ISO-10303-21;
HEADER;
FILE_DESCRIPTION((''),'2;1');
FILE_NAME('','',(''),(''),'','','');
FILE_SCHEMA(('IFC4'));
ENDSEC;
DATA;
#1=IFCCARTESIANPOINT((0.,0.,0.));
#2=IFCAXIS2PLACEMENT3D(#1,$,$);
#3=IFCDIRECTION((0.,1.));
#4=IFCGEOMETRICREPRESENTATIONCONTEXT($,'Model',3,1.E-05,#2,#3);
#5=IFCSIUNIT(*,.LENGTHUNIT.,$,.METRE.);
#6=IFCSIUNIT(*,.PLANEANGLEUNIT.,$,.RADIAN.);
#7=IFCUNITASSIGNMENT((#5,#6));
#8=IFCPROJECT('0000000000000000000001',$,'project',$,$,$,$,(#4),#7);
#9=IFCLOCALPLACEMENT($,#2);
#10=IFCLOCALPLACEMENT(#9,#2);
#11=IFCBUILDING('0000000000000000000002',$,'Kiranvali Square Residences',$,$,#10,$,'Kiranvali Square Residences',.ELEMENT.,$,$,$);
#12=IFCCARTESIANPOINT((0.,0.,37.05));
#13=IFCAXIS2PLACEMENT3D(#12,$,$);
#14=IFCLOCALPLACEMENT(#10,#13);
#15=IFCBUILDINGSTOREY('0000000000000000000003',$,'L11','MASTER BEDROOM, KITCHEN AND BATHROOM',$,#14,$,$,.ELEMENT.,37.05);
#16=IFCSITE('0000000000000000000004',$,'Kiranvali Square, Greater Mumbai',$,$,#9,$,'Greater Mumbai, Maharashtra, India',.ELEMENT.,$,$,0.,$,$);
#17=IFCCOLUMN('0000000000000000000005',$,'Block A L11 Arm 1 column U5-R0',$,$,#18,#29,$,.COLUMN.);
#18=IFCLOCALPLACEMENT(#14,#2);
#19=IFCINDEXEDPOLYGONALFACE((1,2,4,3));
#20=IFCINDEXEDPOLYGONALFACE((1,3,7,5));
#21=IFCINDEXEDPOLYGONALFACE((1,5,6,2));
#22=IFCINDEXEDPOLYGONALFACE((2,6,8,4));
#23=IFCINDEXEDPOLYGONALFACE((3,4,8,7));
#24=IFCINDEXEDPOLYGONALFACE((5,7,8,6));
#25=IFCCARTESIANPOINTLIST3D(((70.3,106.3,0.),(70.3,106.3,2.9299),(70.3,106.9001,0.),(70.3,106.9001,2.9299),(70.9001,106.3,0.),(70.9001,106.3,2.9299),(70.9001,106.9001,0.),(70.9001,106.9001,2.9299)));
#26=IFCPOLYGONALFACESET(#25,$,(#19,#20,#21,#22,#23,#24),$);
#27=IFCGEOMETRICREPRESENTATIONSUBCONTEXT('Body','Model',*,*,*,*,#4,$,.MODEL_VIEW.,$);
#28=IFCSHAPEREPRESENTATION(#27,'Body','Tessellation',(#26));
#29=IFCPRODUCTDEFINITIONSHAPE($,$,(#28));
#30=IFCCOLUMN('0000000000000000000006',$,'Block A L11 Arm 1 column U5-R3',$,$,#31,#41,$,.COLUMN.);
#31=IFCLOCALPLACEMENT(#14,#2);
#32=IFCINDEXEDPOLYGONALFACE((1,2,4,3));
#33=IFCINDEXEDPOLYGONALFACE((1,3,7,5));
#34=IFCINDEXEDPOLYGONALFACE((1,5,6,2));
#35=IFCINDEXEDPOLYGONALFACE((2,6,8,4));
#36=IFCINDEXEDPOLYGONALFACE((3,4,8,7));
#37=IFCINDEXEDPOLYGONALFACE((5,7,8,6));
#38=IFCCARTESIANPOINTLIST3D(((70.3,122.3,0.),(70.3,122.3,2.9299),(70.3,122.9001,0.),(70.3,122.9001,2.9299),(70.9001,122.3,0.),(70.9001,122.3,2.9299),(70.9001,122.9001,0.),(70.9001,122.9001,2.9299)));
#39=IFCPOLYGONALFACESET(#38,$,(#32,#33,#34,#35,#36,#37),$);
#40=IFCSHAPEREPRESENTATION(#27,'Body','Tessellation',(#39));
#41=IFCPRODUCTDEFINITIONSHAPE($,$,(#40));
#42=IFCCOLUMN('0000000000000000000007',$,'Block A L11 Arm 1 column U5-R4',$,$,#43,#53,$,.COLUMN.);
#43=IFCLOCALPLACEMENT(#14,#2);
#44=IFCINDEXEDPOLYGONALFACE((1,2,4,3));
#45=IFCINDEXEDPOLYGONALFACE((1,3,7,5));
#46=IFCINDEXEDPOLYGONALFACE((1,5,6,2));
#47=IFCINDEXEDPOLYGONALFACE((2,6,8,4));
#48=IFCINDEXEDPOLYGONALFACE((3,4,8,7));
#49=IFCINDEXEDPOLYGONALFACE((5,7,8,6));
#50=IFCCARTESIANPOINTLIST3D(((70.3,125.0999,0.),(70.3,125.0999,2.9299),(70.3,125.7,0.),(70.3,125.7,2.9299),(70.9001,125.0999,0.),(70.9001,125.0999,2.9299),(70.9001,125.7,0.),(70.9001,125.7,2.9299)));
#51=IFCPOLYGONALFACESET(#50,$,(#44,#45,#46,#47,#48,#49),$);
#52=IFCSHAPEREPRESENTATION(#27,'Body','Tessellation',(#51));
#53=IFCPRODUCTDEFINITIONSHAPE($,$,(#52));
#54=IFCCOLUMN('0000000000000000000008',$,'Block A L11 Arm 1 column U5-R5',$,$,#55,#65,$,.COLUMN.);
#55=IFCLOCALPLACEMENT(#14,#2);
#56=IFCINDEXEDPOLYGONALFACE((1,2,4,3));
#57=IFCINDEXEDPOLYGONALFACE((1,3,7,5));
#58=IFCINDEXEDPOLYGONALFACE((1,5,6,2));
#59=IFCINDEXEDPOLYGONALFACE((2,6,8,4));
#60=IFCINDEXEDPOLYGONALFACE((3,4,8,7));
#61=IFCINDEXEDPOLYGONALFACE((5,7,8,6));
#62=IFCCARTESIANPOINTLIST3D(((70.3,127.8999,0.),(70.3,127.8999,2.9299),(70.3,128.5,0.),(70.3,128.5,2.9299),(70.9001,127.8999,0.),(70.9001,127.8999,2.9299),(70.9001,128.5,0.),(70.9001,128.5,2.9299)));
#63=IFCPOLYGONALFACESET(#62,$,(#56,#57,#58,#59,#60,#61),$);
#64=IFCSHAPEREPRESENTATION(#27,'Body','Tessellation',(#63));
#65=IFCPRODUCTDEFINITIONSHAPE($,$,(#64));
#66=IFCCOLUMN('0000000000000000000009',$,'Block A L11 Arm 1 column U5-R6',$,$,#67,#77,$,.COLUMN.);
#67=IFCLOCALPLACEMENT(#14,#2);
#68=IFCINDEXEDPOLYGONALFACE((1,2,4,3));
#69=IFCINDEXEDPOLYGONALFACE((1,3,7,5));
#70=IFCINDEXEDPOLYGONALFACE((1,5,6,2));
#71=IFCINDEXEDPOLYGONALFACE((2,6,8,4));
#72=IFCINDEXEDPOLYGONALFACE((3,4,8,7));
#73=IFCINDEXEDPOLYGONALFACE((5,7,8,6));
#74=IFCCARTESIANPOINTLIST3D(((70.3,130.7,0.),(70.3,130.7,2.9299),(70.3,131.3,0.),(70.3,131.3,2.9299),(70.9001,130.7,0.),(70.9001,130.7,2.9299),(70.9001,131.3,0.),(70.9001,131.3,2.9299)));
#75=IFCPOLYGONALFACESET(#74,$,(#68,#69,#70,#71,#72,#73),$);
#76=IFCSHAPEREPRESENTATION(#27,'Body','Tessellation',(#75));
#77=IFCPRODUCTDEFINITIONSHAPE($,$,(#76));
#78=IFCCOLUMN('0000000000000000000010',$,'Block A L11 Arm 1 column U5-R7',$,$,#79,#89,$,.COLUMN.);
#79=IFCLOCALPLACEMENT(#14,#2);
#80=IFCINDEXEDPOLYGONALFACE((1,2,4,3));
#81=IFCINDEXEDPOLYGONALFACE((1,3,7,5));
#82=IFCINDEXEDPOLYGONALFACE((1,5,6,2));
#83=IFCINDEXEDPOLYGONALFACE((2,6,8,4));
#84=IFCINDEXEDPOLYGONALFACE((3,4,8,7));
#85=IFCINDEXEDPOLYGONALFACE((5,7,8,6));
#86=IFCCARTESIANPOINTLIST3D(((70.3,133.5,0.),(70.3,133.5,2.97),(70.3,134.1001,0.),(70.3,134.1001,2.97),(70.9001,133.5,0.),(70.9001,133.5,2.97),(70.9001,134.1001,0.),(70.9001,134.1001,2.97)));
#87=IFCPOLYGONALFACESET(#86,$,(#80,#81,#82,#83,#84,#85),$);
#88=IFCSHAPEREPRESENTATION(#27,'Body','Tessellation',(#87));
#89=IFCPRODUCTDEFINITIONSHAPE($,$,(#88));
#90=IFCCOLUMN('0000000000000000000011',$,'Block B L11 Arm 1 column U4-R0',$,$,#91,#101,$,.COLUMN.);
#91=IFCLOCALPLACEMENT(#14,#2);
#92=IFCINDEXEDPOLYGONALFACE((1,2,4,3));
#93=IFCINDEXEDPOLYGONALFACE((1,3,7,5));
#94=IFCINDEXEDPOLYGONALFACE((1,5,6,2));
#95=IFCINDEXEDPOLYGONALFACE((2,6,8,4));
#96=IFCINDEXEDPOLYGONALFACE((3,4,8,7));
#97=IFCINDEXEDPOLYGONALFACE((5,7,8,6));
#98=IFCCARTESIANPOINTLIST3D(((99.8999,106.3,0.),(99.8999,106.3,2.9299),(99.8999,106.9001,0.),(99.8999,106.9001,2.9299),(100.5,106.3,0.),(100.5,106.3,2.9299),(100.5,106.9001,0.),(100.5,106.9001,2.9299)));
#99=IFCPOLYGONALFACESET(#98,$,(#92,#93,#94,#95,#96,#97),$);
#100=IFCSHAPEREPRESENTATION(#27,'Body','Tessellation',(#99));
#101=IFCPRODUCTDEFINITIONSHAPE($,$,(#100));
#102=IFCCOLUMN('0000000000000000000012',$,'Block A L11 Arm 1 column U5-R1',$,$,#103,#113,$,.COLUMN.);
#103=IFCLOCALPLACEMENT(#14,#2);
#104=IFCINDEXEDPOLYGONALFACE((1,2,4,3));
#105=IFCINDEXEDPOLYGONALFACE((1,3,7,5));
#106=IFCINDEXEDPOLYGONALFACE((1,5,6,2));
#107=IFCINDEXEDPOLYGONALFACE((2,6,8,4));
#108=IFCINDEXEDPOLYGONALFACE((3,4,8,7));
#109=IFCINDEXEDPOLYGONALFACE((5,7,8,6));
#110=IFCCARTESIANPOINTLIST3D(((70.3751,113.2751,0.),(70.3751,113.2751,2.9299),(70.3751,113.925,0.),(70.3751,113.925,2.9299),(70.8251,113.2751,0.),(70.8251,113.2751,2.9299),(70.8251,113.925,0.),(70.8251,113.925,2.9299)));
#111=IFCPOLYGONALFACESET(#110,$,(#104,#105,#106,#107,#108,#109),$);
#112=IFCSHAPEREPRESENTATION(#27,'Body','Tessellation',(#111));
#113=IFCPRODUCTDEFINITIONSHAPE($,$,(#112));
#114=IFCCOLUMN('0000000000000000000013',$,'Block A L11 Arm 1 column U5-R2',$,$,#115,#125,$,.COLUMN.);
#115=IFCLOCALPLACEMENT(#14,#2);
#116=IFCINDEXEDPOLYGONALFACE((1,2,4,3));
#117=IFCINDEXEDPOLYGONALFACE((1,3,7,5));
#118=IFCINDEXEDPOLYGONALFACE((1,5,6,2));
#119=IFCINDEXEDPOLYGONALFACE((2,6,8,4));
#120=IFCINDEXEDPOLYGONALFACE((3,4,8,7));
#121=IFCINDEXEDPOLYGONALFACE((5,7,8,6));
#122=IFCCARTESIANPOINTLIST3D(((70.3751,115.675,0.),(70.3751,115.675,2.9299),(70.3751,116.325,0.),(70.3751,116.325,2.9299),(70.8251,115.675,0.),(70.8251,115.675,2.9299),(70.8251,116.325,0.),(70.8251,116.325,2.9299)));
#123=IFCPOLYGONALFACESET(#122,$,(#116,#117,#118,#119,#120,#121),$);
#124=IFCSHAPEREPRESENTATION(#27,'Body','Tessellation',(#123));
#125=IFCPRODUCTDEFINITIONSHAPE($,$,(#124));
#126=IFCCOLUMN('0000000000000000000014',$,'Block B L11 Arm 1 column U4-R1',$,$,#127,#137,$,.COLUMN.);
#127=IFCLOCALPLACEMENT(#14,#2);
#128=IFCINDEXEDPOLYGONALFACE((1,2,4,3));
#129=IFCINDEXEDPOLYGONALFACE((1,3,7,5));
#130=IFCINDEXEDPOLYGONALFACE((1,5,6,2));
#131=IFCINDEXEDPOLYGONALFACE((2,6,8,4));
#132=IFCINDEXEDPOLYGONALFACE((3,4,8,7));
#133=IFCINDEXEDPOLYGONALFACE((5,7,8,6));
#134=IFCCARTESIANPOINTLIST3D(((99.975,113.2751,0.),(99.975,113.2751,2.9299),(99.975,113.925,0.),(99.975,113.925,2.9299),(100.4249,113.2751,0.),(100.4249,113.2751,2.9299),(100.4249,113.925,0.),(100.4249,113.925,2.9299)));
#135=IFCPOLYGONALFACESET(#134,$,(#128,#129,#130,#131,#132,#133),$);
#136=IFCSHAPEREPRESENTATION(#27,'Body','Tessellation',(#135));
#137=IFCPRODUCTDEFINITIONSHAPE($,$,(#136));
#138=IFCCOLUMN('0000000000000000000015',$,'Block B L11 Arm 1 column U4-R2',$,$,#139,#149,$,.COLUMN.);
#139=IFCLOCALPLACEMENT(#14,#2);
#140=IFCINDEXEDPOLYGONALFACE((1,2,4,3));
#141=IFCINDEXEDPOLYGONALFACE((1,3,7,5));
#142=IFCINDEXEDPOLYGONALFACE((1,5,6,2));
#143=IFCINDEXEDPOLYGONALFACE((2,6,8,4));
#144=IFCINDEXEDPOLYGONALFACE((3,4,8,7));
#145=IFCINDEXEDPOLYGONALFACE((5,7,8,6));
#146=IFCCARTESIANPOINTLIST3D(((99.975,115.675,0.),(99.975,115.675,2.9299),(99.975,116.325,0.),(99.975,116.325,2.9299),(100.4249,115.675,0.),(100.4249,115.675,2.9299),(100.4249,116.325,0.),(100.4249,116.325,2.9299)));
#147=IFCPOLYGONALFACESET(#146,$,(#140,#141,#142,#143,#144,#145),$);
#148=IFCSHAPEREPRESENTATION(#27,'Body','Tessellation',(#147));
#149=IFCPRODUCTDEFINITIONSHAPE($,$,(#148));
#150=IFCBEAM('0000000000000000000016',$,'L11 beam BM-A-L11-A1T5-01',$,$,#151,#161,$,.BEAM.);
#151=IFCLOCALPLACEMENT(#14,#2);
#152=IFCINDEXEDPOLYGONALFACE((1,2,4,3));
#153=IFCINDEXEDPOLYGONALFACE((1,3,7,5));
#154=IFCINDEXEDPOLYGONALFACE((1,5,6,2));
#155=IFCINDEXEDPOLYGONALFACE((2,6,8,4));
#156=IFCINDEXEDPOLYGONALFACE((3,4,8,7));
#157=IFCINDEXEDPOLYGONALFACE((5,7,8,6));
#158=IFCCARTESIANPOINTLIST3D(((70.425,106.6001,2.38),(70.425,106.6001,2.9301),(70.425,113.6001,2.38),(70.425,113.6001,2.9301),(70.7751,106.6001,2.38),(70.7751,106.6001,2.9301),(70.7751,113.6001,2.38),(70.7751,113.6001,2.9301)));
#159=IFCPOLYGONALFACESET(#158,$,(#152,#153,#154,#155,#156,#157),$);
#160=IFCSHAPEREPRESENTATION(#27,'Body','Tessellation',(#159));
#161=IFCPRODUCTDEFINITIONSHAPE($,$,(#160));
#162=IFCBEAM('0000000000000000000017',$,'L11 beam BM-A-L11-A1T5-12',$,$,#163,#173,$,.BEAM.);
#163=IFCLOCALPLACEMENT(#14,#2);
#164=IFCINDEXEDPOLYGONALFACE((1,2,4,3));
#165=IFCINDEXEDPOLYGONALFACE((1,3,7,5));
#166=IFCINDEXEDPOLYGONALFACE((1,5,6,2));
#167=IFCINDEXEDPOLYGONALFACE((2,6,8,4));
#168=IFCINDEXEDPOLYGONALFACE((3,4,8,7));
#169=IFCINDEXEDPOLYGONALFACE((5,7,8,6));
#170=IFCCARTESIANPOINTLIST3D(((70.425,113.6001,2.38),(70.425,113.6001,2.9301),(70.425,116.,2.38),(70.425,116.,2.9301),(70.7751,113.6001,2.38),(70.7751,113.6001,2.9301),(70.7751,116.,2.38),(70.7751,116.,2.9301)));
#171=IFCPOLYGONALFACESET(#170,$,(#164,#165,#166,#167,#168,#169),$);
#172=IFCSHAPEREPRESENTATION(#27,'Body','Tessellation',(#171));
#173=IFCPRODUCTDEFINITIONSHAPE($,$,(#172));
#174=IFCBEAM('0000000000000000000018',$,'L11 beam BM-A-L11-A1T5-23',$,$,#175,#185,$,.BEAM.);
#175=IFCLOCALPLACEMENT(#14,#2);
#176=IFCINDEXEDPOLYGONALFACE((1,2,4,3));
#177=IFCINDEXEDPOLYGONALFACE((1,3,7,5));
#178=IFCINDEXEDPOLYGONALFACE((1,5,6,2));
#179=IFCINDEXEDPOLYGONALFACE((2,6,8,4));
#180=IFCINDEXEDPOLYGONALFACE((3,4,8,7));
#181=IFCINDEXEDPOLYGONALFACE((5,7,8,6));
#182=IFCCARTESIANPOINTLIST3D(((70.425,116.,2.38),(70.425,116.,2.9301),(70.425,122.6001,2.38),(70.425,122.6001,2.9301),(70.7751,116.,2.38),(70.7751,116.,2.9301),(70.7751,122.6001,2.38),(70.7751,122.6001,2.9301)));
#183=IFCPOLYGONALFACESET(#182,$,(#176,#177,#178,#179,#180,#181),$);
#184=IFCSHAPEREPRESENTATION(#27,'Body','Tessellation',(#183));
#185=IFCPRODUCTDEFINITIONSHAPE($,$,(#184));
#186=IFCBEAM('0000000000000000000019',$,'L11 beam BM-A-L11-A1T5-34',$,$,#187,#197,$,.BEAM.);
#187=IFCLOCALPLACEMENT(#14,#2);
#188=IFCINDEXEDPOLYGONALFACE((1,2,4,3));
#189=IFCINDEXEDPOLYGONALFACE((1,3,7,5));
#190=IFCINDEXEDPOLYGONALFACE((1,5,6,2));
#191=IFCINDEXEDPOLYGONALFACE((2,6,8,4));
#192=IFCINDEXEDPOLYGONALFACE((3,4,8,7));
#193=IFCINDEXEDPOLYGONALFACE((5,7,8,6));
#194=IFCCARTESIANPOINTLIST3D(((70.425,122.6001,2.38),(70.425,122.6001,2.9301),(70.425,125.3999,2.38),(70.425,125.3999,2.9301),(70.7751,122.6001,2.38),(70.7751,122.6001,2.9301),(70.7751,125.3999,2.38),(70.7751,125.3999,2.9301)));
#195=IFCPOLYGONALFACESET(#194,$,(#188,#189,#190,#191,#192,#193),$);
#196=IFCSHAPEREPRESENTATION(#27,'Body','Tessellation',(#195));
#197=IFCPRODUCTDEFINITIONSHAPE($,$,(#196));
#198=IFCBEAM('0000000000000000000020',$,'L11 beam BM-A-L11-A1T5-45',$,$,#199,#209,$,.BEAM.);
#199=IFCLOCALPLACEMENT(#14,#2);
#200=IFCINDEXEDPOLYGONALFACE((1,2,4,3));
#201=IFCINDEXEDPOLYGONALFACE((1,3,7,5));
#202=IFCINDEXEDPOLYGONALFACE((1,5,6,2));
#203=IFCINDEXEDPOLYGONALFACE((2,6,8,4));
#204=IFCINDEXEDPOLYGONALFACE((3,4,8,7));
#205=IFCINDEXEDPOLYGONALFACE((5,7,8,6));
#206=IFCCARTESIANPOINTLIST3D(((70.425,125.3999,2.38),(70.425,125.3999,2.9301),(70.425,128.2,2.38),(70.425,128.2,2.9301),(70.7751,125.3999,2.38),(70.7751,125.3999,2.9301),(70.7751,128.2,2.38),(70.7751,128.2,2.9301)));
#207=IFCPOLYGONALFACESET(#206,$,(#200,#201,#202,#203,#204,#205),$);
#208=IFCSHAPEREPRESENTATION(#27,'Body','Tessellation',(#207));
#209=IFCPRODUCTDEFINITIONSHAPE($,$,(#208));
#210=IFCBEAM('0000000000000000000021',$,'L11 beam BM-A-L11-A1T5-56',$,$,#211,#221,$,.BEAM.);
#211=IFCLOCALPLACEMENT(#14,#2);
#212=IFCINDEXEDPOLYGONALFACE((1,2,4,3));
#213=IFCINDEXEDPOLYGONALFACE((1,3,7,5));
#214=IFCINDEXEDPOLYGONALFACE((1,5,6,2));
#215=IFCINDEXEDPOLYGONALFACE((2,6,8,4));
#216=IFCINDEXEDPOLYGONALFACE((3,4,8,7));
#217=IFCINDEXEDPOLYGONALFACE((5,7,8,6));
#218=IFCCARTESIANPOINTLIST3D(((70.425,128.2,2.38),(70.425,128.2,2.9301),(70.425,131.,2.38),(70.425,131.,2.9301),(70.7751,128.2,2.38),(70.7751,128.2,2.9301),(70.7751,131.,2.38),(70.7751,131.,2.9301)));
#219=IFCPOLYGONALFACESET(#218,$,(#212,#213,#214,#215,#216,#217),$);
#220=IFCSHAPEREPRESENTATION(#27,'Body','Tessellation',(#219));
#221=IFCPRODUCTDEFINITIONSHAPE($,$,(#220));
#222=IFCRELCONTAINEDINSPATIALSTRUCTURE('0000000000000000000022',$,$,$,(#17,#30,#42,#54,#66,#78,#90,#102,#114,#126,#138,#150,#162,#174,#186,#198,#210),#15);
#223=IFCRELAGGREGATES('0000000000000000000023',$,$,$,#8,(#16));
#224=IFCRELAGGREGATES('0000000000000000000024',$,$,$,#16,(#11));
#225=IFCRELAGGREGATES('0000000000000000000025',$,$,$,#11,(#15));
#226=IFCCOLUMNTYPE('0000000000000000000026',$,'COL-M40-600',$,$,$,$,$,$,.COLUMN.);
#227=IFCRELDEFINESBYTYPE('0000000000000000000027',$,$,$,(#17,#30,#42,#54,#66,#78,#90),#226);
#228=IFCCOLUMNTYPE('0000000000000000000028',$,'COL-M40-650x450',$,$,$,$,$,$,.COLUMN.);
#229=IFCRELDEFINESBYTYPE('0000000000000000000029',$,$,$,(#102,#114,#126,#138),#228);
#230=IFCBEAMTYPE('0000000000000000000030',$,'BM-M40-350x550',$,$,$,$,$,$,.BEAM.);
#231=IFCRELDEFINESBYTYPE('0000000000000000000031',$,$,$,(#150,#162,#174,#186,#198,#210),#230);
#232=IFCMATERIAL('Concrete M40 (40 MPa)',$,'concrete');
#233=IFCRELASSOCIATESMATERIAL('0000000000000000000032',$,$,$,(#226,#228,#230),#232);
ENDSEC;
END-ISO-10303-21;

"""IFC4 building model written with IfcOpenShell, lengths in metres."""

from ifc_helpers import new_model, si_unit, direction, frame, origin, origin_2d, place, context, subcontext, project, spatial, rectangle, extrude, material, material_profile, profile_set, type_object, element, save


model = new_model("IFC4")

# Units and contexts
model_context = context("Model", 3, precision=1e-05, world=origin(), true_north=direction((0.0, 1.0)))
body_context = subcontext(model_context, "Body", "Model", "MODEL_VIEW")
ifc_project = project(units=[si_unit("LENGTHUNIT", "METRE"), si_unit("PLANEANGLEUNIT", "RADIAN")], contexts=[model_context])

# Site, building, storey
site_placement = place(None, origin())
site = spatial("IfcSite", under=ifc_project, at=site_placement, Name="Kiranvali Square, Greater Mumbai", LongName="Greater Mumbai, Maharashtra, India", CompositionType="ELEMENT", RefElevation=0.0)
building_placement = place(site_placement, origin())
building = spatial("IfcBuilding", under=site, at=building_placement, Name="Kiranvali Square Residences", LongName="Kiranvali Square Residences", CompositionType="ELEMENT")
storey_placement = place(building_placement, frame((0.0, 0.0, 37.05)))
storey = spatial("IfcBuildingStorey", under=building, at=storey_placement, Name="L11", Description="MASTER BEDROOM, KITCHEN AND BATHROOM", CompositionType="ELEMENT", Elevation=37.05)

# Columns
ifc_material_1 = material(Name="Concrete M40 (40 MPa)", Category="concrete")
ifc_material_profile_1 = material_profile(ifc_material_1, rectangle(XDim=0.6001, YDim=0.6001, at=origin_2d()), Name="RC 600x600")
ifc_profile_set_1 = profile_set([ifc_material_profile_1], Name="Concrete M40 (40 MPa)")
column_type_1 = type_object("IfcColumnType", Name="COL-M40-600", PredefinedType="COLUMN", material=ifc_profile_set_1)
for number, where, z_axis, x_axis, name in (
    (1, (70.6001, 106.6001, 0.0), (0.0, 0.0, 1.0), (1.0, 0.0, 0.0), "Block A L11 Arm 1 column U5-R0"),
    (2, (70.6001, 122.6001, 0.0), (0.0, 0.0, 1.0), (1.0, 0.0, 0.0), "Block A L11 Arm 1 column U5-R3"),
    (3, (70.6001, 125.3999, 0.0), (0.0, 0.0, 1.0), (1.0, 0.0, 0.0), "Block A L11 Arm 1 column U5-R4"),
    (4, (70.6001, 128.2, 0.0), (0.0, 0.0, 1.0), (1.0, 0.0, 0.0), "Block A L11 Arm 1 column U5-R5"),
    (5, (70.6001, 131.0, 0.0), (0.0, 0.0, 1.0), (1.0, 0.0, 0.0), "Block A L11 Arm 1 column U5-R6"),
):
    element("IfcColumn", number, at=place(storey_placement, frame(where, z_axis=z_axis, x_axis=x_axis)), inside=storey, type_object=column_type_1, Name=name, PredefinedType="COLUMN", context=body_context, shape_type="SweptSolid", body=[
        extrude(rectangle(XDim=0.6001, YDim=0.6001, at=origin_2d()), origin(), (0.0, 0.0, 1.0), 2.9299),
    ])
column_1_placement = place(storey_placement, frame((70.6001, 133.8, 0.0), z_axis=(0.0, 0.0, 1.0), x_axis=(1.0, 0.0, 0.0)))
element("IfcColumn", 6, at=column_1_placement, inside=storey, type_object=column_type_1, Name="Block A L11 Arm 1 column U5-R7", PredefinedType="COLUMN", context=body_context, shape_type="SweptSolid", body=[
    extrude(rectangle(XDim=0.6001, YDim=0.6001, at=origin_2d()), origin(), (0.0, 0.0, 1.0), 2.97),
])
column_2_placement = place(storey_placement, frame((100.2, 106.6001, 0.0), z_axis=(0.0, 0.0, 1.0), x_axis=(1.0, 0.0, 0.0)))
element("IfcColumn", 7, at=column_2_placement, inside=storey, type_object=column_type_1, Name="Block B L11 Arm 1 column U4-R0", PredefinedType="COLUMN", context=body_context, shape_type="SweptSolid", body=[
    extrude(rectangle(XDim=0.6001, YDim=0.6001, at=origin_2d()), origin(), (0.0, 0.0, 1.0), 2.9299),
])
ifc_material_profile_2 = material_profile(ifc_material_1, rectangle(XDim=0.45, YDim=0.6499, at=origin_2d()), Name="RC 650x450")
ifc_profile_set_2 = profile_set([ifc_material_profile_2], Name="Concrete M40 (40 MPa)")
column_type_2 = type_object("IfcColumnType", Name="COL-M40-650x450", PredefinedType="COLUMN", material=ifc_profile_set_2)
for number, where, z_axis, x_axis, name in (
    (8, (70.6001, 113.6001, 0.0), (0.0, 0.0, 1.0), (1.0, 0.0, 0.0), "Block A L11 Arm 1 column U5-R1"),
    (9, (70.6001, 116.0, 0.0), (0.0, 0.0, 1.0), (1.0, 0.0, 0.0), "Block A L11 Arm 1 column U5-R2"),
    (10, (100.2, 113.6001, 0.0), (0.0, 0.0, 1.0), (1.0, 0.0, 0.0), "Block B L11 Arm 1 column U4-R1"),
    (11, (100.2, 116.0, 0.0), (0.0, 0.0, 1.0), (1.0, 0.0, 0.0), "Block B L11 Arm 1 column U4-R2"),
):
    element("IfcColumn", number, at=place(storey_placement, frame(where, z_axis=z_axis, x_axis=x_axis)), inside=storey, type_object=column_type_2, Name=name, PredefinedType="COLUMN", context=body_context, shape_type="SweptSolid", body=[
        extrude(rectangle(XDim=0.45, YDim=0.6499, at=origin_2d()), origin(), (0.0, 0.0, 1.0), 2.9299),
    ])

# Beams
ifc_material_profile_3 = material_profile(ifc_material_1, rectangle(XDim=0.3501, YDim=0.55, at=origin_2d()), Name="RC 350x550")
ifc_profile_set_3 = profile_set([ifc_material_profile_3], Name="Concrete M40 (40 MPa)")
beam_type = type_object("IfcBeamType", Name="BM-M40-350x550", PredefinedType="BEAM", material=ifc_profile_set_3)
beam_1_placement = place(storey_placement, frame((70.6001, 106.6001, 2.655), z_axis=(0.0, 1.0, 0.0), x_axis=(-1.0, 0.0, 0.0)))
element("IfcBeam", 12, at=beam_1_placement, inside=storey, type_object=beam_type, Name="L11 beam BM-A-L11-A1T5-01", PredefinedType="BEAM", context=body_context, shape_type="SweptSolid", body=[
    extrude(rectangle(XDim=0.3501, YDim=0.55, at=origin_2d()), origin(), (0.0, 0.0, 1.0), 7.0),
])
beam_2_placement = place(storey_placement, frame((70.6001, 113.6001, 2.655), z_axis=(0.0, 1.0, 0.0), x_axis=(-1.0, 0.0, 0.0)))
element("IfcBeam", 13, at=beam_2_placement, inside=storey, type_object=beam_type, Name="L11 beam BM-A-L11-A1T5-12", PredefinedType="BEAM", context=body_context, shape_type="SweptSolid", body=[
    extrude(rectangle(XDim=0.3501, YDim=0.55, at=origin_2d()), origin(), (0.0, 0.0, 1.0), 2.3999),
])
beam_3_placement = place(storey_placement, frame((70.6001, 116.0, 2.655), z_axis=(0.0, 1.0, 0.0), x_axis=(-1.0, 0.0, 0.0)))
element("IfcBeam", 14, at=beam_3_placement, inside=storey, type_object=beam_type, Name="L11 beam BM-A-L11-A1T5-23", PredefinedType="BEAM", context=body_context, shape_type="SweptSolid", body=[
    extrude(rectangle(XDim=0.3501, YDim=0.55, at=origin_2d()), origin(), (0.0, 0.0, 1.0), 6.6001),
])
beam_4_placement = place(storey_placement, frame((70.6001, 122.6001, 2.655), z_axis=(0.0, 1.0, 0.0), x_axis=(-1.0, 0.0, 0.0)))
element("IfcBeam", 15, at=beam_4_placement, inside=storey, type_object=beam_type, Name="L11 beam BM-A-L11-A1T5-34", PredefinedType="BEAM", context=body_context, shape_type="SweptSolid", body=[
    extrude(rectangle(XDim=0.3501, YDim=0.55, at=origin_2d()), origin(), (0.0, 0.0, 1.0), 2.7998),
])
for number, where, z_axis, x_axis, name in (
    (16, (70.6001, 125.3999, 2.655), (0.0, 1.0, 0.0), (-1.0, 0.0, 0.0), "L11 beam BM-A-L11-A1T5-45"),
    (17, (70.6001, 128.2, 2.655), (0.0, 1.0, 0.0), (-1.0, 0.0, 0.0), "L11 beam BM-A-L11-A1T5-56"),
):
    element("IfcBeam", number, at=place(storey_placement, frame(where, z_axis=z_axis, x_axis=x_axis)), inside=storey, type_object=beam_type, Name=name, PredefinedType="BEAM", context=body_context, shape_type="SweptSolid", body=[
        extrude(rectangle(XDim=0.3501, YDim=0.55, at=origin_2d()), origin(), (0.0, 0.0, 1.0), 2.8),
    ])

save(model, "model.ifc")
